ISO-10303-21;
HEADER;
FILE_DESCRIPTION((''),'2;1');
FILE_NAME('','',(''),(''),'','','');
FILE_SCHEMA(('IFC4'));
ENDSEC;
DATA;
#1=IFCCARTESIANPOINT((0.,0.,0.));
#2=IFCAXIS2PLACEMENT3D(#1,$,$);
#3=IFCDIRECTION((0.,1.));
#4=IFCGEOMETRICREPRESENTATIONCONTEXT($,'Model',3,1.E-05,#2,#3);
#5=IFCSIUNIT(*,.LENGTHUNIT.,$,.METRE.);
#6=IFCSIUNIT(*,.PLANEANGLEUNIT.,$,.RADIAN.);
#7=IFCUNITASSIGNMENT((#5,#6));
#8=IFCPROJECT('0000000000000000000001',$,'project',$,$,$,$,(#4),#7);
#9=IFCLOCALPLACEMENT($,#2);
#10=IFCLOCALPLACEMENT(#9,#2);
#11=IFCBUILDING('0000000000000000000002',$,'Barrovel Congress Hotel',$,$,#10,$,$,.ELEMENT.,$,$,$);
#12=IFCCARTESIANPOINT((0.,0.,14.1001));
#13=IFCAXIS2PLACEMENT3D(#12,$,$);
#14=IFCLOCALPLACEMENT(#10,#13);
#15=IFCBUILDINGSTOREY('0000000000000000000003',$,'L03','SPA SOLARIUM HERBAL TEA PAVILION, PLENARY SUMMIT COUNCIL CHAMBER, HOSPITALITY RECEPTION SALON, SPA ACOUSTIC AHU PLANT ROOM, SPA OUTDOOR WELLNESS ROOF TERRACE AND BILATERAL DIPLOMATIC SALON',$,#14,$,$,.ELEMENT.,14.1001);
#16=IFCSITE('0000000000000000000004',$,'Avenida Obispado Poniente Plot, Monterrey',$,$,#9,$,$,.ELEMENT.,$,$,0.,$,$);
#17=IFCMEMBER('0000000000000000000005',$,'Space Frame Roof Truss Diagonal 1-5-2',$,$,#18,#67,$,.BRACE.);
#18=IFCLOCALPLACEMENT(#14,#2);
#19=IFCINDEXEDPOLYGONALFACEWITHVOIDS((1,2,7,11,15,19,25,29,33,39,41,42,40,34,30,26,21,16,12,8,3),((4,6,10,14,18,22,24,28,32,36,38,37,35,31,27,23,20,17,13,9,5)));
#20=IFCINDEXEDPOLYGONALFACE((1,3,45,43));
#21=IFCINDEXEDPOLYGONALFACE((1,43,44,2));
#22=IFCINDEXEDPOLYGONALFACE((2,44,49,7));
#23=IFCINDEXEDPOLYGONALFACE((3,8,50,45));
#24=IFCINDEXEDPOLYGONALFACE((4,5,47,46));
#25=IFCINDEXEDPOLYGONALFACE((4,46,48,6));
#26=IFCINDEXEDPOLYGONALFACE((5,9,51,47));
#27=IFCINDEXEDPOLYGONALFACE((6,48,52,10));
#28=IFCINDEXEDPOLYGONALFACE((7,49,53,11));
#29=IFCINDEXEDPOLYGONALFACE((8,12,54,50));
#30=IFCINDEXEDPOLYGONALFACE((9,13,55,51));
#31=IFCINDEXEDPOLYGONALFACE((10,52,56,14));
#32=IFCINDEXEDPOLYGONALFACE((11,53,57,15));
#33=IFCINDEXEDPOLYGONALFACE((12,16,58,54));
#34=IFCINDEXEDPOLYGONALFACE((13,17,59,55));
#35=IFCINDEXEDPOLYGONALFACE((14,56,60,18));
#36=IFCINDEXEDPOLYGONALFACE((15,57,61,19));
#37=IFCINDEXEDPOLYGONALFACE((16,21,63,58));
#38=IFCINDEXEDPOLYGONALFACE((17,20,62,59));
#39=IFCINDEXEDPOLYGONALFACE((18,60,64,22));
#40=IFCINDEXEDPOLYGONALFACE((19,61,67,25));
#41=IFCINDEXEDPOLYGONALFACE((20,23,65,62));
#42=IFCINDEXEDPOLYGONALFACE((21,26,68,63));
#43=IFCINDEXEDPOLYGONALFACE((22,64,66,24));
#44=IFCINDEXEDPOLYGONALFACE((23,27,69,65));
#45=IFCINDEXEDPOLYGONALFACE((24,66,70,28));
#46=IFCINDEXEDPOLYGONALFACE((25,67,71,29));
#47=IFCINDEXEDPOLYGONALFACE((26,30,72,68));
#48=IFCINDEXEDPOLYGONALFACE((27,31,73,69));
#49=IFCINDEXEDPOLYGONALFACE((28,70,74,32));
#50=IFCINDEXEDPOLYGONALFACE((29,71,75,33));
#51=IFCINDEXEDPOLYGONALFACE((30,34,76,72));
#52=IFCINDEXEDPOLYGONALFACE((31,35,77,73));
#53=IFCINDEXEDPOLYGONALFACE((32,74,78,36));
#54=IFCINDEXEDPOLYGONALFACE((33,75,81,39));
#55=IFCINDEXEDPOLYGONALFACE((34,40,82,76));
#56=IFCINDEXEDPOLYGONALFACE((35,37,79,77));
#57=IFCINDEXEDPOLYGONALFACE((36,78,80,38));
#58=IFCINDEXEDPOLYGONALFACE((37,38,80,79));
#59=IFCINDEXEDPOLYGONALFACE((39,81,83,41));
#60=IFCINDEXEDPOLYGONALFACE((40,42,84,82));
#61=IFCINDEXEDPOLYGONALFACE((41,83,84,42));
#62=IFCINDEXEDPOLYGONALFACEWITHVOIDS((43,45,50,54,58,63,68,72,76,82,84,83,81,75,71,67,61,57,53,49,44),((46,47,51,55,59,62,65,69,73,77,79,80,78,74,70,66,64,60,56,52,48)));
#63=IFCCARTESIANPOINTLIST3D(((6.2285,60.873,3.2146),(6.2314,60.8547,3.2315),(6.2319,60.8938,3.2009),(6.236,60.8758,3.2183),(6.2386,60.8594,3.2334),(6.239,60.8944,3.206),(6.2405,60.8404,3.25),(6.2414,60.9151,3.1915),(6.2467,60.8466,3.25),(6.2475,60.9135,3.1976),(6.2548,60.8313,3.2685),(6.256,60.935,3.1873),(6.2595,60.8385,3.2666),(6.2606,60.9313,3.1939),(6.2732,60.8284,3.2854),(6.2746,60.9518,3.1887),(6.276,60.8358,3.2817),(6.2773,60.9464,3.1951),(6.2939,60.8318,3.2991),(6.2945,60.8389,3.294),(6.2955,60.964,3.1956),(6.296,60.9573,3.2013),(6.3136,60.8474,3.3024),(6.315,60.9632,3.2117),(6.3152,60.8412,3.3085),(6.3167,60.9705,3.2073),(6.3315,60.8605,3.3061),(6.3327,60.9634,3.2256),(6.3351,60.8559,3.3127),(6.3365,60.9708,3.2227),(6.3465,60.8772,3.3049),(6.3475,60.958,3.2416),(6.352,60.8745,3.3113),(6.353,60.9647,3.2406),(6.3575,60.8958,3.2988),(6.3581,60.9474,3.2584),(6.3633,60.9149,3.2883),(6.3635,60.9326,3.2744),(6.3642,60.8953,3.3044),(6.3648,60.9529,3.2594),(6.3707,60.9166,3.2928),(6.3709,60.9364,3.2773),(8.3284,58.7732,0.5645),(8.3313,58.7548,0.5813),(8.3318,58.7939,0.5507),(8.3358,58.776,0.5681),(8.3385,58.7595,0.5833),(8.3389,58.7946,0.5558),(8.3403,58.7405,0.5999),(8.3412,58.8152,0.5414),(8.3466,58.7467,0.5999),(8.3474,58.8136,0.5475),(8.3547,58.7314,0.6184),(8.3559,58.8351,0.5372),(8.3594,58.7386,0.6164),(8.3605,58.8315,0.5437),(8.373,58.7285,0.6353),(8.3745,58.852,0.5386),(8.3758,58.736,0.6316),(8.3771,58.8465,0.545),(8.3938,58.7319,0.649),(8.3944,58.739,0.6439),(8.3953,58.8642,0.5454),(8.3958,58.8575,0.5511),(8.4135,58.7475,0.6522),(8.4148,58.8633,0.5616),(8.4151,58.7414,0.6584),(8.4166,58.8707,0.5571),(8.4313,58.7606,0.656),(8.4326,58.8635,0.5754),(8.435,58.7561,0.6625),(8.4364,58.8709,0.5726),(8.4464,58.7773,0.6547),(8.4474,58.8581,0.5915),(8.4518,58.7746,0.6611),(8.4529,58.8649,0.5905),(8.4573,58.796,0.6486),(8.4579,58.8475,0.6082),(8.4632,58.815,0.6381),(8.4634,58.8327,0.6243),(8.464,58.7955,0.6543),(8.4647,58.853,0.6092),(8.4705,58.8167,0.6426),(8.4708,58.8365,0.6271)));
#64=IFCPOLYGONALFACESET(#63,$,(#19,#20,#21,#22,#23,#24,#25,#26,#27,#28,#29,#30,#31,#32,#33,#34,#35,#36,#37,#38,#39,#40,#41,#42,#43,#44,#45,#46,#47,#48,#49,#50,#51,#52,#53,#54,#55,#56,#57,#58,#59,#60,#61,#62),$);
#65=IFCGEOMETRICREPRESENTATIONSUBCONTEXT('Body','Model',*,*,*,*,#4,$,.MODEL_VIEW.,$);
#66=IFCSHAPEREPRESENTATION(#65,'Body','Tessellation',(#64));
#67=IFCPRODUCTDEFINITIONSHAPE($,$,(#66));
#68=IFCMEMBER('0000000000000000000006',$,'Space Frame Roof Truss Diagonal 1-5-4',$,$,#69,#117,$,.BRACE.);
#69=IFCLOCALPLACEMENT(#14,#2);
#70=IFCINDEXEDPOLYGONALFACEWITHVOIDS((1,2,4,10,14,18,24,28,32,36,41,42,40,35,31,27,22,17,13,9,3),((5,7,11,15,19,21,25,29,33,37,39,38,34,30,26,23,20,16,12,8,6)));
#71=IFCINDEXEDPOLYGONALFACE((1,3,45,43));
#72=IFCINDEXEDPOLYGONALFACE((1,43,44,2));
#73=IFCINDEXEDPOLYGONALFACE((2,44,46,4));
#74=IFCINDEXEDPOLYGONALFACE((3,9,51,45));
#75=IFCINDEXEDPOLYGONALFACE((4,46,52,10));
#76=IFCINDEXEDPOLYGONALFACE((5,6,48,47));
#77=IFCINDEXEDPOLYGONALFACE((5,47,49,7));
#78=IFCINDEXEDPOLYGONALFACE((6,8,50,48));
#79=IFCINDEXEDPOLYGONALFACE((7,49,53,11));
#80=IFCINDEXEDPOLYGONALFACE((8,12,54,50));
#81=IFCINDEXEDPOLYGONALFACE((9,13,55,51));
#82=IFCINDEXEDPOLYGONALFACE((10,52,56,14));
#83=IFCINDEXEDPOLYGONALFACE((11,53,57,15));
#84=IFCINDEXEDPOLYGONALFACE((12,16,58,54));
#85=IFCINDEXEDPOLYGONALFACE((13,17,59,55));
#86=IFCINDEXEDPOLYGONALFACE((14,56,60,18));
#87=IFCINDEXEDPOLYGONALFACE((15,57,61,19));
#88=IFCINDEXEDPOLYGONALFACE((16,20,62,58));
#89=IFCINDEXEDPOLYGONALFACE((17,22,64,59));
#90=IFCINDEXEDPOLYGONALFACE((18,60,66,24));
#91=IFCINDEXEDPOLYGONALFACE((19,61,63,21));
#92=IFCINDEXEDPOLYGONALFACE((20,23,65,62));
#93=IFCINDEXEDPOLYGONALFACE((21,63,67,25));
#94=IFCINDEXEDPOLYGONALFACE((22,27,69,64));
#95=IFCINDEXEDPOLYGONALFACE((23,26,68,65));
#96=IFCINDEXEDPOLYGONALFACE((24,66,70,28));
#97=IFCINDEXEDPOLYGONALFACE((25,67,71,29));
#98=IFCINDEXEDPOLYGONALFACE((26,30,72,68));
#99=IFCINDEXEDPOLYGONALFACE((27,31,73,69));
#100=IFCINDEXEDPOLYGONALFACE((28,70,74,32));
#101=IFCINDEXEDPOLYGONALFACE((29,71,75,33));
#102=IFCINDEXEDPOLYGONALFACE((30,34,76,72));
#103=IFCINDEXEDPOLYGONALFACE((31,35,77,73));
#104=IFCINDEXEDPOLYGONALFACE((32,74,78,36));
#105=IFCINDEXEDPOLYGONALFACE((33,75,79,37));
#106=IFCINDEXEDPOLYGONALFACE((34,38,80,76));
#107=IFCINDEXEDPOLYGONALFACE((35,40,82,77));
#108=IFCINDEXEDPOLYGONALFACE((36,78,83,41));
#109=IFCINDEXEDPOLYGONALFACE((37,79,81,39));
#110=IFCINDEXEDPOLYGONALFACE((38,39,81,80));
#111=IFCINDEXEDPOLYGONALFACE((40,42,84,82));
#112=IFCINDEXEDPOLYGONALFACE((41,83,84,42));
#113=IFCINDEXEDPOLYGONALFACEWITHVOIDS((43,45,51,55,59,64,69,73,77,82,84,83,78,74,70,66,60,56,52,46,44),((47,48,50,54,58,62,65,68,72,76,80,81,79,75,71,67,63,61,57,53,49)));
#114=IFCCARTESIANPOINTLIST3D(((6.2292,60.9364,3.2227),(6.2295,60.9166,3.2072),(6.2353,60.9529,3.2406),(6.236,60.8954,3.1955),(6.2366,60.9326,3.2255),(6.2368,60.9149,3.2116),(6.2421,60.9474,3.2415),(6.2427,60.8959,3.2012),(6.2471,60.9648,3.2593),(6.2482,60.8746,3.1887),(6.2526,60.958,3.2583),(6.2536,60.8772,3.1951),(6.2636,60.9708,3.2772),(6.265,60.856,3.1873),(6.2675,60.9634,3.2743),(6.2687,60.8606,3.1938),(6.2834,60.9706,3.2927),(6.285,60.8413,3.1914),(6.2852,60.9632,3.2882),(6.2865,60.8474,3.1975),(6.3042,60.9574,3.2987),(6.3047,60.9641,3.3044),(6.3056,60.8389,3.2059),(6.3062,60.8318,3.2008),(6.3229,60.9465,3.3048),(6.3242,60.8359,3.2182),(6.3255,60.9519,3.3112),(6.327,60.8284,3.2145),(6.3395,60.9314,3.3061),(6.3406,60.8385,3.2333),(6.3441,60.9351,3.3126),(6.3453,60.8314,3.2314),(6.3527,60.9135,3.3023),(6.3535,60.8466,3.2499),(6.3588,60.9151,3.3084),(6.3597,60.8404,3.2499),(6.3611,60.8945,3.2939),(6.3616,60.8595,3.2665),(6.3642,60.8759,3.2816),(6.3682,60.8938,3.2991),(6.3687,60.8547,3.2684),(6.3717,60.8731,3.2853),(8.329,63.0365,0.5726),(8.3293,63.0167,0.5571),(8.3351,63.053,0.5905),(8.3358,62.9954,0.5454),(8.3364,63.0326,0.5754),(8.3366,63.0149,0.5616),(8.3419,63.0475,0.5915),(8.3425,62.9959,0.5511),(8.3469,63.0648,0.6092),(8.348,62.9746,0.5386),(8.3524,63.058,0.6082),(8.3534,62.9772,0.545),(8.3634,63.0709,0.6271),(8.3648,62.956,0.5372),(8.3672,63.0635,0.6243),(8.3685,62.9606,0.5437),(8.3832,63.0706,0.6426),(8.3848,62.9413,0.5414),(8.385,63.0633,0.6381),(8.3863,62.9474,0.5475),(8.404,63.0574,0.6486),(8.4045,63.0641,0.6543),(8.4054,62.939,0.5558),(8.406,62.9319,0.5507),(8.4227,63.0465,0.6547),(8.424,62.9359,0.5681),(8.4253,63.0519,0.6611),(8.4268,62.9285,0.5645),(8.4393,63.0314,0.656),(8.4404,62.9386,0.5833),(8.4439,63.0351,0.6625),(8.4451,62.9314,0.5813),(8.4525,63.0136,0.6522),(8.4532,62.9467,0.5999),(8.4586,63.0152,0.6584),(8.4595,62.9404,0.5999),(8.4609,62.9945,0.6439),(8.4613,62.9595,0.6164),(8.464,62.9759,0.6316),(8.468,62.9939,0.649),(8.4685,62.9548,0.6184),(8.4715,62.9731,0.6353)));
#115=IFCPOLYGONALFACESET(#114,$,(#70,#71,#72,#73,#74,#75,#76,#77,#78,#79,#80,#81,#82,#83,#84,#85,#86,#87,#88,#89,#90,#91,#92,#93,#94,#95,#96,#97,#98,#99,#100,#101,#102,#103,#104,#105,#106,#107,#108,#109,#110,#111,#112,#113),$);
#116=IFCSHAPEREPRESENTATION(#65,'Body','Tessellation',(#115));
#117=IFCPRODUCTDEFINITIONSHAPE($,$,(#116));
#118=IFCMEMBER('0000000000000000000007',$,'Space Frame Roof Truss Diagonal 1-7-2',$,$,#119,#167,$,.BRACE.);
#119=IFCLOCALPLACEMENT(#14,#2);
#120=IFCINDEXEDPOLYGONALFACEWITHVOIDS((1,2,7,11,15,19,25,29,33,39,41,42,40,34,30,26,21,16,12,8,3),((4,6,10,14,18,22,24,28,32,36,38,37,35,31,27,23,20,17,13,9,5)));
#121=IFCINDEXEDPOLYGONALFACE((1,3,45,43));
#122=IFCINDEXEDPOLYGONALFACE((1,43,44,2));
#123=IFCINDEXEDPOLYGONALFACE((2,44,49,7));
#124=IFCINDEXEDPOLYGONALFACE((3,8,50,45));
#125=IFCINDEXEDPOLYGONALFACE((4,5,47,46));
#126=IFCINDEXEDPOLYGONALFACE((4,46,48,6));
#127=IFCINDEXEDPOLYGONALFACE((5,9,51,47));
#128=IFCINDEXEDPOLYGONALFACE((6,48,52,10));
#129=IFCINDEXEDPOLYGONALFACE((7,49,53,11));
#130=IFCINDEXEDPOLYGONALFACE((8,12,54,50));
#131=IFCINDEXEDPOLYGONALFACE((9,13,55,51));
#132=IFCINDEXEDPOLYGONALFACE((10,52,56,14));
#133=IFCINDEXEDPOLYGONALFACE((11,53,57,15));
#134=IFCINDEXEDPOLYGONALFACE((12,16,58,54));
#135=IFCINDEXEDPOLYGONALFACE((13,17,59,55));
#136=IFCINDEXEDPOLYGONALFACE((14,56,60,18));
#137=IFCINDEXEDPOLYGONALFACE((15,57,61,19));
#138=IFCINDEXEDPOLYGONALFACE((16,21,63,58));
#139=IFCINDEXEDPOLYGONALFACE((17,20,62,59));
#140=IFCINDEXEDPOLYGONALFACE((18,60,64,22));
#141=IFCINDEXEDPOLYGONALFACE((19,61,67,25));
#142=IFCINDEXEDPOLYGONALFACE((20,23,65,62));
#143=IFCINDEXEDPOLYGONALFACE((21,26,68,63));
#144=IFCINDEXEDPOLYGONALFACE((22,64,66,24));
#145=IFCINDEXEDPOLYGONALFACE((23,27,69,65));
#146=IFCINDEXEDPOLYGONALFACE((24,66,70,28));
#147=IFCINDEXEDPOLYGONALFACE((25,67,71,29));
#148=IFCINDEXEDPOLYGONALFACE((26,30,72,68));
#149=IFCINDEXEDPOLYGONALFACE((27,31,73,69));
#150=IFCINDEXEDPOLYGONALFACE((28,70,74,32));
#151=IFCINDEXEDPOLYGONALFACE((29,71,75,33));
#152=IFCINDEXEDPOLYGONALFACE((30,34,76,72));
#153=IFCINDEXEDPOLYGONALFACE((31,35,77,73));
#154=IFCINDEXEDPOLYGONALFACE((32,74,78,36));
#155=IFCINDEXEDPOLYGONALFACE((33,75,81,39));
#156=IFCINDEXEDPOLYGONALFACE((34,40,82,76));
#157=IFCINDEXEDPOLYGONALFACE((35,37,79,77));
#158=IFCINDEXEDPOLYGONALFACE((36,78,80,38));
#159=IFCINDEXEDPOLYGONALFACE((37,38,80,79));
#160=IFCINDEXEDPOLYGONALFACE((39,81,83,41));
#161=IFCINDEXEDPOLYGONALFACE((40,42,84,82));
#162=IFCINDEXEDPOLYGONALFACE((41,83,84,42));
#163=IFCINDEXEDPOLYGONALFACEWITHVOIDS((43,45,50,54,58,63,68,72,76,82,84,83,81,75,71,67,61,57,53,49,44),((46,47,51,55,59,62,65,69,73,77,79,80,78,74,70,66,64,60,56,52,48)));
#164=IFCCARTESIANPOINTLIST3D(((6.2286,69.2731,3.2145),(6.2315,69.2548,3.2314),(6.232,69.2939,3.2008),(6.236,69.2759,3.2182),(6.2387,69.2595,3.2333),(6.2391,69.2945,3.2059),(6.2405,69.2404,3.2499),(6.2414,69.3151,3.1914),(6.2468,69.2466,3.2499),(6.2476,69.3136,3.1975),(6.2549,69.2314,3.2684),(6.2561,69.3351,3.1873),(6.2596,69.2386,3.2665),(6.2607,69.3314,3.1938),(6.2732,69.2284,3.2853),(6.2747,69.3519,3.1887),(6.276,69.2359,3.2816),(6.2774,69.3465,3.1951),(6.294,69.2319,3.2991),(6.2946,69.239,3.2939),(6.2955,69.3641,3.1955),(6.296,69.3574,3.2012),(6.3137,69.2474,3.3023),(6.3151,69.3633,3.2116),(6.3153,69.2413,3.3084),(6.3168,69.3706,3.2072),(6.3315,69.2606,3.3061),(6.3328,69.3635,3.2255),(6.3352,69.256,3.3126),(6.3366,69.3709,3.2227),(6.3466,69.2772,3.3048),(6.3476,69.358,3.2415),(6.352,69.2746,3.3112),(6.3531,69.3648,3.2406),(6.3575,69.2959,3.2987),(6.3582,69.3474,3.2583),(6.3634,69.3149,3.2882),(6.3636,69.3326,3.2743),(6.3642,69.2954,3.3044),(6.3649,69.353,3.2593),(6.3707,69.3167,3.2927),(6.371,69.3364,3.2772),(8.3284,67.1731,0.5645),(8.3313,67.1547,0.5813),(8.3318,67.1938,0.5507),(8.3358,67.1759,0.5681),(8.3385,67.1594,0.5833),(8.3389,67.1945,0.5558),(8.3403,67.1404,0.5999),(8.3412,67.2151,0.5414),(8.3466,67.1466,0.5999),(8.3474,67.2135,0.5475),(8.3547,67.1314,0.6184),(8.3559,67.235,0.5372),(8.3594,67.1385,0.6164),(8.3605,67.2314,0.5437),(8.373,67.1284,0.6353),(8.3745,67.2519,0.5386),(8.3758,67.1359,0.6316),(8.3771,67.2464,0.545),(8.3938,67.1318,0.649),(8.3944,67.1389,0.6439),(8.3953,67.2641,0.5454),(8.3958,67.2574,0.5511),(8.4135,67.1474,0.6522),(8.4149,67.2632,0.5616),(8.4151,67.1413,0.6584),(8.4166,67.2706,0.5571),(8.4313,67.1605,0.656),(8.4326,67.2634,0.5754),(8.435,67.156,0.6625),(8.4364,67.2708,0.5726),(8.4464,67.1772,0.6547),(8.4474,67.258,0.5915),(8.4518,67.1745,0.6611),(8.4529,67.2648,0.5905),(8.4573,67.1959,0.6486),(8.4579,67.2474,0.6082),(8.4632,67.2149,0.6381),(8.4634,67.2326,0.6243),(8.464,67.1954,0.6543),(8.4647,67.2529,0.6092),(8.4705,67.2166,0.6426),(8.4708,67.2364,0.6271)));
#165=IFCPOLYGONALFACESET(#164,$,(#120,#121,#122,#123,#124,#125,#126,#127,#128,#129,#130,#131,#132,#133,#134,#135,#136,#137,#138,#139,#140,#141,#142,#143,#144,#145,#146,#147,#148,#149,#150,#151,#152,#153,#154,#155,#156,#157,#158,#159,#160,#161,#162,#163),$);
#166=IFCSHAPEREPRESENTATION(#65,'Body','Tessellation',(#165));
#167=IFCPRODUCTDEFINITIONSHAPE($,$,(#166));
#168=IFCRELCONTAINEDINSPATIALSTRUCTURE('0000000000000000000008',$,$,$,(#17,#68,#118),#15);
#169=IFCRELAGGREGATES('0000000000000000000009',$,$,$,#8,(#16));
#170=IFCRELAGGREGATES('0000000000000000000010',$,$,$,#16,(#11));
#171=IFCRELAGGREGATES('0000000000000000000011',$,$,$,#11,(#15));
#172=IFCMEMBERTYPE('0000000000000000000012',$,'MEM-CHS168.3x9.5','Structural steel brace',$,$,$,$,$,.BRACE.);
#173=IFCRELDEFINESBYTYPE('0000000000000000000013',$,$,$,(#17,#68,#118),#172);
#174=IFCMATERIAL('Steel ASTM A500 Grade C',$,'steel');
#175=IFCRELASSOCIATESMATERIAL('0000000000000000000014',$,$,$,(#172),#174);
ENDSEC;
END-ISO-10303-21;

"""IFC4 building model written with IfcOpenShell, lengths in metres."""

from ifc_helpers import new_model, si_unit, direction, frame, origin, origin_2d, place, context, subcontext, project, spatial, hollow_circle, extrude, material, material_profile, profile_set, type_object, element, save


model = new_model("IFC4")

# Units and contexts
model_context = context("Model", 3, precision=1e-05, world=origin(), true_north=direction((0.0, 1.0)))
body_context = subcontext(model_context, "Body", "Model", "MODEL_VIEW")
ifc_project = project(units=[si_unit("LENGTHUNIT", "METRE"), si_unit("PLANEANGLEUNIT", "RADIAN")], contexts=[model_context])

# Site, building, storey
site_placement = place(None, origin())
site = spatial("IfcSite", under=ifc_project, at=site_placement, Name="Avenida Obispado Poniente Plot, Monterrey", CompositionType="ELEMENT", RefElevation=0.0)
building_placement = place(site_placement, origin())
building = spatial("IfcBuilding", under=site, at=building_placement, Name="Barrovel Congress Hotel", CompositionType="ELEMENT")
storey_placement = place(building_placement, frame((0.0, 0.0, 14.1001)))
storey = spatial("IfcBuildingStorey", under=building, at=storey_placement, Name="L03", Description="SPA SOLARIUM HERBAL TEA PAVILION, PLENARY SUMMIT COUNCIL CHAMBER, HOSPITALITY RECEPTION SALON, SPA ACOUSTIC AHU PLANT ROOM, SPA OUTDOOR WELLNESS ROOF TERRACE AND BILATERAL DIPLOMATIC SALON", CompositionType="ELEMENT", Elevation=14.1001)

# Members
ifc_material_1 = material(Name="Steel ASTM A500 Grade C", Category="steel")
ifc_material_profile_1 = material_profile(ifc_material_1, hollow_circle(Radius=0.0842, WallThickness=0.0088, at=origin_2d()), Name="CHS168.3x9.5")
ifc_profile_set_1 = profile_set([ifc_material_profile_1], Name="Steel ASTM A500 Grade C")
member_type_1 = type_object("IfcMemberType", Name="MEM-CHS168.3x9.5", Description="Structural steel brace", PredefinedType="BRACE", material=ifc_profile_set_1)
for number, where, z_axis, x_axis, name in (
    (1, (8.3999, 58.8, 0.5999), (-0.527574, 0.527574, 0.665831), (-0.707107, -0.707107, 0.0), "Space Frame Roof Truss Diagonal 1-5-2"),
    (2, (8.3999, 63.0, 0.5999), (-0.527557, -0.527618, 0.66581), (0.707148, -0.707066, 0.0), "Space Frame Roof Truss Diagonal 1-5-4"),
    (3, (8.3999, 67.2, 0.5999), (-0.527557, 0.527618, 0.66581), (-0.707148, -0.707066, 0.0), "Space Frame Roof Truss Diagonal 1-7-2"),
):
    element("IfcMember", number, at=place(storey_placement, frame(where, z_axis=z_axis, x_axis=x_axis)), inside=storey, type_object=member_type_1, Name=name, PredefinedType="BRACE", context=body_context, shape_type="SweptSolid", body=[
        extrude(hollow_circle(Radius=0.0842, WallThickness=0.0088, at=origin_2d()), origin(), (0.0, 0.0, 1.0), 3.9802),
    ])

save(model, "model.ifc")
